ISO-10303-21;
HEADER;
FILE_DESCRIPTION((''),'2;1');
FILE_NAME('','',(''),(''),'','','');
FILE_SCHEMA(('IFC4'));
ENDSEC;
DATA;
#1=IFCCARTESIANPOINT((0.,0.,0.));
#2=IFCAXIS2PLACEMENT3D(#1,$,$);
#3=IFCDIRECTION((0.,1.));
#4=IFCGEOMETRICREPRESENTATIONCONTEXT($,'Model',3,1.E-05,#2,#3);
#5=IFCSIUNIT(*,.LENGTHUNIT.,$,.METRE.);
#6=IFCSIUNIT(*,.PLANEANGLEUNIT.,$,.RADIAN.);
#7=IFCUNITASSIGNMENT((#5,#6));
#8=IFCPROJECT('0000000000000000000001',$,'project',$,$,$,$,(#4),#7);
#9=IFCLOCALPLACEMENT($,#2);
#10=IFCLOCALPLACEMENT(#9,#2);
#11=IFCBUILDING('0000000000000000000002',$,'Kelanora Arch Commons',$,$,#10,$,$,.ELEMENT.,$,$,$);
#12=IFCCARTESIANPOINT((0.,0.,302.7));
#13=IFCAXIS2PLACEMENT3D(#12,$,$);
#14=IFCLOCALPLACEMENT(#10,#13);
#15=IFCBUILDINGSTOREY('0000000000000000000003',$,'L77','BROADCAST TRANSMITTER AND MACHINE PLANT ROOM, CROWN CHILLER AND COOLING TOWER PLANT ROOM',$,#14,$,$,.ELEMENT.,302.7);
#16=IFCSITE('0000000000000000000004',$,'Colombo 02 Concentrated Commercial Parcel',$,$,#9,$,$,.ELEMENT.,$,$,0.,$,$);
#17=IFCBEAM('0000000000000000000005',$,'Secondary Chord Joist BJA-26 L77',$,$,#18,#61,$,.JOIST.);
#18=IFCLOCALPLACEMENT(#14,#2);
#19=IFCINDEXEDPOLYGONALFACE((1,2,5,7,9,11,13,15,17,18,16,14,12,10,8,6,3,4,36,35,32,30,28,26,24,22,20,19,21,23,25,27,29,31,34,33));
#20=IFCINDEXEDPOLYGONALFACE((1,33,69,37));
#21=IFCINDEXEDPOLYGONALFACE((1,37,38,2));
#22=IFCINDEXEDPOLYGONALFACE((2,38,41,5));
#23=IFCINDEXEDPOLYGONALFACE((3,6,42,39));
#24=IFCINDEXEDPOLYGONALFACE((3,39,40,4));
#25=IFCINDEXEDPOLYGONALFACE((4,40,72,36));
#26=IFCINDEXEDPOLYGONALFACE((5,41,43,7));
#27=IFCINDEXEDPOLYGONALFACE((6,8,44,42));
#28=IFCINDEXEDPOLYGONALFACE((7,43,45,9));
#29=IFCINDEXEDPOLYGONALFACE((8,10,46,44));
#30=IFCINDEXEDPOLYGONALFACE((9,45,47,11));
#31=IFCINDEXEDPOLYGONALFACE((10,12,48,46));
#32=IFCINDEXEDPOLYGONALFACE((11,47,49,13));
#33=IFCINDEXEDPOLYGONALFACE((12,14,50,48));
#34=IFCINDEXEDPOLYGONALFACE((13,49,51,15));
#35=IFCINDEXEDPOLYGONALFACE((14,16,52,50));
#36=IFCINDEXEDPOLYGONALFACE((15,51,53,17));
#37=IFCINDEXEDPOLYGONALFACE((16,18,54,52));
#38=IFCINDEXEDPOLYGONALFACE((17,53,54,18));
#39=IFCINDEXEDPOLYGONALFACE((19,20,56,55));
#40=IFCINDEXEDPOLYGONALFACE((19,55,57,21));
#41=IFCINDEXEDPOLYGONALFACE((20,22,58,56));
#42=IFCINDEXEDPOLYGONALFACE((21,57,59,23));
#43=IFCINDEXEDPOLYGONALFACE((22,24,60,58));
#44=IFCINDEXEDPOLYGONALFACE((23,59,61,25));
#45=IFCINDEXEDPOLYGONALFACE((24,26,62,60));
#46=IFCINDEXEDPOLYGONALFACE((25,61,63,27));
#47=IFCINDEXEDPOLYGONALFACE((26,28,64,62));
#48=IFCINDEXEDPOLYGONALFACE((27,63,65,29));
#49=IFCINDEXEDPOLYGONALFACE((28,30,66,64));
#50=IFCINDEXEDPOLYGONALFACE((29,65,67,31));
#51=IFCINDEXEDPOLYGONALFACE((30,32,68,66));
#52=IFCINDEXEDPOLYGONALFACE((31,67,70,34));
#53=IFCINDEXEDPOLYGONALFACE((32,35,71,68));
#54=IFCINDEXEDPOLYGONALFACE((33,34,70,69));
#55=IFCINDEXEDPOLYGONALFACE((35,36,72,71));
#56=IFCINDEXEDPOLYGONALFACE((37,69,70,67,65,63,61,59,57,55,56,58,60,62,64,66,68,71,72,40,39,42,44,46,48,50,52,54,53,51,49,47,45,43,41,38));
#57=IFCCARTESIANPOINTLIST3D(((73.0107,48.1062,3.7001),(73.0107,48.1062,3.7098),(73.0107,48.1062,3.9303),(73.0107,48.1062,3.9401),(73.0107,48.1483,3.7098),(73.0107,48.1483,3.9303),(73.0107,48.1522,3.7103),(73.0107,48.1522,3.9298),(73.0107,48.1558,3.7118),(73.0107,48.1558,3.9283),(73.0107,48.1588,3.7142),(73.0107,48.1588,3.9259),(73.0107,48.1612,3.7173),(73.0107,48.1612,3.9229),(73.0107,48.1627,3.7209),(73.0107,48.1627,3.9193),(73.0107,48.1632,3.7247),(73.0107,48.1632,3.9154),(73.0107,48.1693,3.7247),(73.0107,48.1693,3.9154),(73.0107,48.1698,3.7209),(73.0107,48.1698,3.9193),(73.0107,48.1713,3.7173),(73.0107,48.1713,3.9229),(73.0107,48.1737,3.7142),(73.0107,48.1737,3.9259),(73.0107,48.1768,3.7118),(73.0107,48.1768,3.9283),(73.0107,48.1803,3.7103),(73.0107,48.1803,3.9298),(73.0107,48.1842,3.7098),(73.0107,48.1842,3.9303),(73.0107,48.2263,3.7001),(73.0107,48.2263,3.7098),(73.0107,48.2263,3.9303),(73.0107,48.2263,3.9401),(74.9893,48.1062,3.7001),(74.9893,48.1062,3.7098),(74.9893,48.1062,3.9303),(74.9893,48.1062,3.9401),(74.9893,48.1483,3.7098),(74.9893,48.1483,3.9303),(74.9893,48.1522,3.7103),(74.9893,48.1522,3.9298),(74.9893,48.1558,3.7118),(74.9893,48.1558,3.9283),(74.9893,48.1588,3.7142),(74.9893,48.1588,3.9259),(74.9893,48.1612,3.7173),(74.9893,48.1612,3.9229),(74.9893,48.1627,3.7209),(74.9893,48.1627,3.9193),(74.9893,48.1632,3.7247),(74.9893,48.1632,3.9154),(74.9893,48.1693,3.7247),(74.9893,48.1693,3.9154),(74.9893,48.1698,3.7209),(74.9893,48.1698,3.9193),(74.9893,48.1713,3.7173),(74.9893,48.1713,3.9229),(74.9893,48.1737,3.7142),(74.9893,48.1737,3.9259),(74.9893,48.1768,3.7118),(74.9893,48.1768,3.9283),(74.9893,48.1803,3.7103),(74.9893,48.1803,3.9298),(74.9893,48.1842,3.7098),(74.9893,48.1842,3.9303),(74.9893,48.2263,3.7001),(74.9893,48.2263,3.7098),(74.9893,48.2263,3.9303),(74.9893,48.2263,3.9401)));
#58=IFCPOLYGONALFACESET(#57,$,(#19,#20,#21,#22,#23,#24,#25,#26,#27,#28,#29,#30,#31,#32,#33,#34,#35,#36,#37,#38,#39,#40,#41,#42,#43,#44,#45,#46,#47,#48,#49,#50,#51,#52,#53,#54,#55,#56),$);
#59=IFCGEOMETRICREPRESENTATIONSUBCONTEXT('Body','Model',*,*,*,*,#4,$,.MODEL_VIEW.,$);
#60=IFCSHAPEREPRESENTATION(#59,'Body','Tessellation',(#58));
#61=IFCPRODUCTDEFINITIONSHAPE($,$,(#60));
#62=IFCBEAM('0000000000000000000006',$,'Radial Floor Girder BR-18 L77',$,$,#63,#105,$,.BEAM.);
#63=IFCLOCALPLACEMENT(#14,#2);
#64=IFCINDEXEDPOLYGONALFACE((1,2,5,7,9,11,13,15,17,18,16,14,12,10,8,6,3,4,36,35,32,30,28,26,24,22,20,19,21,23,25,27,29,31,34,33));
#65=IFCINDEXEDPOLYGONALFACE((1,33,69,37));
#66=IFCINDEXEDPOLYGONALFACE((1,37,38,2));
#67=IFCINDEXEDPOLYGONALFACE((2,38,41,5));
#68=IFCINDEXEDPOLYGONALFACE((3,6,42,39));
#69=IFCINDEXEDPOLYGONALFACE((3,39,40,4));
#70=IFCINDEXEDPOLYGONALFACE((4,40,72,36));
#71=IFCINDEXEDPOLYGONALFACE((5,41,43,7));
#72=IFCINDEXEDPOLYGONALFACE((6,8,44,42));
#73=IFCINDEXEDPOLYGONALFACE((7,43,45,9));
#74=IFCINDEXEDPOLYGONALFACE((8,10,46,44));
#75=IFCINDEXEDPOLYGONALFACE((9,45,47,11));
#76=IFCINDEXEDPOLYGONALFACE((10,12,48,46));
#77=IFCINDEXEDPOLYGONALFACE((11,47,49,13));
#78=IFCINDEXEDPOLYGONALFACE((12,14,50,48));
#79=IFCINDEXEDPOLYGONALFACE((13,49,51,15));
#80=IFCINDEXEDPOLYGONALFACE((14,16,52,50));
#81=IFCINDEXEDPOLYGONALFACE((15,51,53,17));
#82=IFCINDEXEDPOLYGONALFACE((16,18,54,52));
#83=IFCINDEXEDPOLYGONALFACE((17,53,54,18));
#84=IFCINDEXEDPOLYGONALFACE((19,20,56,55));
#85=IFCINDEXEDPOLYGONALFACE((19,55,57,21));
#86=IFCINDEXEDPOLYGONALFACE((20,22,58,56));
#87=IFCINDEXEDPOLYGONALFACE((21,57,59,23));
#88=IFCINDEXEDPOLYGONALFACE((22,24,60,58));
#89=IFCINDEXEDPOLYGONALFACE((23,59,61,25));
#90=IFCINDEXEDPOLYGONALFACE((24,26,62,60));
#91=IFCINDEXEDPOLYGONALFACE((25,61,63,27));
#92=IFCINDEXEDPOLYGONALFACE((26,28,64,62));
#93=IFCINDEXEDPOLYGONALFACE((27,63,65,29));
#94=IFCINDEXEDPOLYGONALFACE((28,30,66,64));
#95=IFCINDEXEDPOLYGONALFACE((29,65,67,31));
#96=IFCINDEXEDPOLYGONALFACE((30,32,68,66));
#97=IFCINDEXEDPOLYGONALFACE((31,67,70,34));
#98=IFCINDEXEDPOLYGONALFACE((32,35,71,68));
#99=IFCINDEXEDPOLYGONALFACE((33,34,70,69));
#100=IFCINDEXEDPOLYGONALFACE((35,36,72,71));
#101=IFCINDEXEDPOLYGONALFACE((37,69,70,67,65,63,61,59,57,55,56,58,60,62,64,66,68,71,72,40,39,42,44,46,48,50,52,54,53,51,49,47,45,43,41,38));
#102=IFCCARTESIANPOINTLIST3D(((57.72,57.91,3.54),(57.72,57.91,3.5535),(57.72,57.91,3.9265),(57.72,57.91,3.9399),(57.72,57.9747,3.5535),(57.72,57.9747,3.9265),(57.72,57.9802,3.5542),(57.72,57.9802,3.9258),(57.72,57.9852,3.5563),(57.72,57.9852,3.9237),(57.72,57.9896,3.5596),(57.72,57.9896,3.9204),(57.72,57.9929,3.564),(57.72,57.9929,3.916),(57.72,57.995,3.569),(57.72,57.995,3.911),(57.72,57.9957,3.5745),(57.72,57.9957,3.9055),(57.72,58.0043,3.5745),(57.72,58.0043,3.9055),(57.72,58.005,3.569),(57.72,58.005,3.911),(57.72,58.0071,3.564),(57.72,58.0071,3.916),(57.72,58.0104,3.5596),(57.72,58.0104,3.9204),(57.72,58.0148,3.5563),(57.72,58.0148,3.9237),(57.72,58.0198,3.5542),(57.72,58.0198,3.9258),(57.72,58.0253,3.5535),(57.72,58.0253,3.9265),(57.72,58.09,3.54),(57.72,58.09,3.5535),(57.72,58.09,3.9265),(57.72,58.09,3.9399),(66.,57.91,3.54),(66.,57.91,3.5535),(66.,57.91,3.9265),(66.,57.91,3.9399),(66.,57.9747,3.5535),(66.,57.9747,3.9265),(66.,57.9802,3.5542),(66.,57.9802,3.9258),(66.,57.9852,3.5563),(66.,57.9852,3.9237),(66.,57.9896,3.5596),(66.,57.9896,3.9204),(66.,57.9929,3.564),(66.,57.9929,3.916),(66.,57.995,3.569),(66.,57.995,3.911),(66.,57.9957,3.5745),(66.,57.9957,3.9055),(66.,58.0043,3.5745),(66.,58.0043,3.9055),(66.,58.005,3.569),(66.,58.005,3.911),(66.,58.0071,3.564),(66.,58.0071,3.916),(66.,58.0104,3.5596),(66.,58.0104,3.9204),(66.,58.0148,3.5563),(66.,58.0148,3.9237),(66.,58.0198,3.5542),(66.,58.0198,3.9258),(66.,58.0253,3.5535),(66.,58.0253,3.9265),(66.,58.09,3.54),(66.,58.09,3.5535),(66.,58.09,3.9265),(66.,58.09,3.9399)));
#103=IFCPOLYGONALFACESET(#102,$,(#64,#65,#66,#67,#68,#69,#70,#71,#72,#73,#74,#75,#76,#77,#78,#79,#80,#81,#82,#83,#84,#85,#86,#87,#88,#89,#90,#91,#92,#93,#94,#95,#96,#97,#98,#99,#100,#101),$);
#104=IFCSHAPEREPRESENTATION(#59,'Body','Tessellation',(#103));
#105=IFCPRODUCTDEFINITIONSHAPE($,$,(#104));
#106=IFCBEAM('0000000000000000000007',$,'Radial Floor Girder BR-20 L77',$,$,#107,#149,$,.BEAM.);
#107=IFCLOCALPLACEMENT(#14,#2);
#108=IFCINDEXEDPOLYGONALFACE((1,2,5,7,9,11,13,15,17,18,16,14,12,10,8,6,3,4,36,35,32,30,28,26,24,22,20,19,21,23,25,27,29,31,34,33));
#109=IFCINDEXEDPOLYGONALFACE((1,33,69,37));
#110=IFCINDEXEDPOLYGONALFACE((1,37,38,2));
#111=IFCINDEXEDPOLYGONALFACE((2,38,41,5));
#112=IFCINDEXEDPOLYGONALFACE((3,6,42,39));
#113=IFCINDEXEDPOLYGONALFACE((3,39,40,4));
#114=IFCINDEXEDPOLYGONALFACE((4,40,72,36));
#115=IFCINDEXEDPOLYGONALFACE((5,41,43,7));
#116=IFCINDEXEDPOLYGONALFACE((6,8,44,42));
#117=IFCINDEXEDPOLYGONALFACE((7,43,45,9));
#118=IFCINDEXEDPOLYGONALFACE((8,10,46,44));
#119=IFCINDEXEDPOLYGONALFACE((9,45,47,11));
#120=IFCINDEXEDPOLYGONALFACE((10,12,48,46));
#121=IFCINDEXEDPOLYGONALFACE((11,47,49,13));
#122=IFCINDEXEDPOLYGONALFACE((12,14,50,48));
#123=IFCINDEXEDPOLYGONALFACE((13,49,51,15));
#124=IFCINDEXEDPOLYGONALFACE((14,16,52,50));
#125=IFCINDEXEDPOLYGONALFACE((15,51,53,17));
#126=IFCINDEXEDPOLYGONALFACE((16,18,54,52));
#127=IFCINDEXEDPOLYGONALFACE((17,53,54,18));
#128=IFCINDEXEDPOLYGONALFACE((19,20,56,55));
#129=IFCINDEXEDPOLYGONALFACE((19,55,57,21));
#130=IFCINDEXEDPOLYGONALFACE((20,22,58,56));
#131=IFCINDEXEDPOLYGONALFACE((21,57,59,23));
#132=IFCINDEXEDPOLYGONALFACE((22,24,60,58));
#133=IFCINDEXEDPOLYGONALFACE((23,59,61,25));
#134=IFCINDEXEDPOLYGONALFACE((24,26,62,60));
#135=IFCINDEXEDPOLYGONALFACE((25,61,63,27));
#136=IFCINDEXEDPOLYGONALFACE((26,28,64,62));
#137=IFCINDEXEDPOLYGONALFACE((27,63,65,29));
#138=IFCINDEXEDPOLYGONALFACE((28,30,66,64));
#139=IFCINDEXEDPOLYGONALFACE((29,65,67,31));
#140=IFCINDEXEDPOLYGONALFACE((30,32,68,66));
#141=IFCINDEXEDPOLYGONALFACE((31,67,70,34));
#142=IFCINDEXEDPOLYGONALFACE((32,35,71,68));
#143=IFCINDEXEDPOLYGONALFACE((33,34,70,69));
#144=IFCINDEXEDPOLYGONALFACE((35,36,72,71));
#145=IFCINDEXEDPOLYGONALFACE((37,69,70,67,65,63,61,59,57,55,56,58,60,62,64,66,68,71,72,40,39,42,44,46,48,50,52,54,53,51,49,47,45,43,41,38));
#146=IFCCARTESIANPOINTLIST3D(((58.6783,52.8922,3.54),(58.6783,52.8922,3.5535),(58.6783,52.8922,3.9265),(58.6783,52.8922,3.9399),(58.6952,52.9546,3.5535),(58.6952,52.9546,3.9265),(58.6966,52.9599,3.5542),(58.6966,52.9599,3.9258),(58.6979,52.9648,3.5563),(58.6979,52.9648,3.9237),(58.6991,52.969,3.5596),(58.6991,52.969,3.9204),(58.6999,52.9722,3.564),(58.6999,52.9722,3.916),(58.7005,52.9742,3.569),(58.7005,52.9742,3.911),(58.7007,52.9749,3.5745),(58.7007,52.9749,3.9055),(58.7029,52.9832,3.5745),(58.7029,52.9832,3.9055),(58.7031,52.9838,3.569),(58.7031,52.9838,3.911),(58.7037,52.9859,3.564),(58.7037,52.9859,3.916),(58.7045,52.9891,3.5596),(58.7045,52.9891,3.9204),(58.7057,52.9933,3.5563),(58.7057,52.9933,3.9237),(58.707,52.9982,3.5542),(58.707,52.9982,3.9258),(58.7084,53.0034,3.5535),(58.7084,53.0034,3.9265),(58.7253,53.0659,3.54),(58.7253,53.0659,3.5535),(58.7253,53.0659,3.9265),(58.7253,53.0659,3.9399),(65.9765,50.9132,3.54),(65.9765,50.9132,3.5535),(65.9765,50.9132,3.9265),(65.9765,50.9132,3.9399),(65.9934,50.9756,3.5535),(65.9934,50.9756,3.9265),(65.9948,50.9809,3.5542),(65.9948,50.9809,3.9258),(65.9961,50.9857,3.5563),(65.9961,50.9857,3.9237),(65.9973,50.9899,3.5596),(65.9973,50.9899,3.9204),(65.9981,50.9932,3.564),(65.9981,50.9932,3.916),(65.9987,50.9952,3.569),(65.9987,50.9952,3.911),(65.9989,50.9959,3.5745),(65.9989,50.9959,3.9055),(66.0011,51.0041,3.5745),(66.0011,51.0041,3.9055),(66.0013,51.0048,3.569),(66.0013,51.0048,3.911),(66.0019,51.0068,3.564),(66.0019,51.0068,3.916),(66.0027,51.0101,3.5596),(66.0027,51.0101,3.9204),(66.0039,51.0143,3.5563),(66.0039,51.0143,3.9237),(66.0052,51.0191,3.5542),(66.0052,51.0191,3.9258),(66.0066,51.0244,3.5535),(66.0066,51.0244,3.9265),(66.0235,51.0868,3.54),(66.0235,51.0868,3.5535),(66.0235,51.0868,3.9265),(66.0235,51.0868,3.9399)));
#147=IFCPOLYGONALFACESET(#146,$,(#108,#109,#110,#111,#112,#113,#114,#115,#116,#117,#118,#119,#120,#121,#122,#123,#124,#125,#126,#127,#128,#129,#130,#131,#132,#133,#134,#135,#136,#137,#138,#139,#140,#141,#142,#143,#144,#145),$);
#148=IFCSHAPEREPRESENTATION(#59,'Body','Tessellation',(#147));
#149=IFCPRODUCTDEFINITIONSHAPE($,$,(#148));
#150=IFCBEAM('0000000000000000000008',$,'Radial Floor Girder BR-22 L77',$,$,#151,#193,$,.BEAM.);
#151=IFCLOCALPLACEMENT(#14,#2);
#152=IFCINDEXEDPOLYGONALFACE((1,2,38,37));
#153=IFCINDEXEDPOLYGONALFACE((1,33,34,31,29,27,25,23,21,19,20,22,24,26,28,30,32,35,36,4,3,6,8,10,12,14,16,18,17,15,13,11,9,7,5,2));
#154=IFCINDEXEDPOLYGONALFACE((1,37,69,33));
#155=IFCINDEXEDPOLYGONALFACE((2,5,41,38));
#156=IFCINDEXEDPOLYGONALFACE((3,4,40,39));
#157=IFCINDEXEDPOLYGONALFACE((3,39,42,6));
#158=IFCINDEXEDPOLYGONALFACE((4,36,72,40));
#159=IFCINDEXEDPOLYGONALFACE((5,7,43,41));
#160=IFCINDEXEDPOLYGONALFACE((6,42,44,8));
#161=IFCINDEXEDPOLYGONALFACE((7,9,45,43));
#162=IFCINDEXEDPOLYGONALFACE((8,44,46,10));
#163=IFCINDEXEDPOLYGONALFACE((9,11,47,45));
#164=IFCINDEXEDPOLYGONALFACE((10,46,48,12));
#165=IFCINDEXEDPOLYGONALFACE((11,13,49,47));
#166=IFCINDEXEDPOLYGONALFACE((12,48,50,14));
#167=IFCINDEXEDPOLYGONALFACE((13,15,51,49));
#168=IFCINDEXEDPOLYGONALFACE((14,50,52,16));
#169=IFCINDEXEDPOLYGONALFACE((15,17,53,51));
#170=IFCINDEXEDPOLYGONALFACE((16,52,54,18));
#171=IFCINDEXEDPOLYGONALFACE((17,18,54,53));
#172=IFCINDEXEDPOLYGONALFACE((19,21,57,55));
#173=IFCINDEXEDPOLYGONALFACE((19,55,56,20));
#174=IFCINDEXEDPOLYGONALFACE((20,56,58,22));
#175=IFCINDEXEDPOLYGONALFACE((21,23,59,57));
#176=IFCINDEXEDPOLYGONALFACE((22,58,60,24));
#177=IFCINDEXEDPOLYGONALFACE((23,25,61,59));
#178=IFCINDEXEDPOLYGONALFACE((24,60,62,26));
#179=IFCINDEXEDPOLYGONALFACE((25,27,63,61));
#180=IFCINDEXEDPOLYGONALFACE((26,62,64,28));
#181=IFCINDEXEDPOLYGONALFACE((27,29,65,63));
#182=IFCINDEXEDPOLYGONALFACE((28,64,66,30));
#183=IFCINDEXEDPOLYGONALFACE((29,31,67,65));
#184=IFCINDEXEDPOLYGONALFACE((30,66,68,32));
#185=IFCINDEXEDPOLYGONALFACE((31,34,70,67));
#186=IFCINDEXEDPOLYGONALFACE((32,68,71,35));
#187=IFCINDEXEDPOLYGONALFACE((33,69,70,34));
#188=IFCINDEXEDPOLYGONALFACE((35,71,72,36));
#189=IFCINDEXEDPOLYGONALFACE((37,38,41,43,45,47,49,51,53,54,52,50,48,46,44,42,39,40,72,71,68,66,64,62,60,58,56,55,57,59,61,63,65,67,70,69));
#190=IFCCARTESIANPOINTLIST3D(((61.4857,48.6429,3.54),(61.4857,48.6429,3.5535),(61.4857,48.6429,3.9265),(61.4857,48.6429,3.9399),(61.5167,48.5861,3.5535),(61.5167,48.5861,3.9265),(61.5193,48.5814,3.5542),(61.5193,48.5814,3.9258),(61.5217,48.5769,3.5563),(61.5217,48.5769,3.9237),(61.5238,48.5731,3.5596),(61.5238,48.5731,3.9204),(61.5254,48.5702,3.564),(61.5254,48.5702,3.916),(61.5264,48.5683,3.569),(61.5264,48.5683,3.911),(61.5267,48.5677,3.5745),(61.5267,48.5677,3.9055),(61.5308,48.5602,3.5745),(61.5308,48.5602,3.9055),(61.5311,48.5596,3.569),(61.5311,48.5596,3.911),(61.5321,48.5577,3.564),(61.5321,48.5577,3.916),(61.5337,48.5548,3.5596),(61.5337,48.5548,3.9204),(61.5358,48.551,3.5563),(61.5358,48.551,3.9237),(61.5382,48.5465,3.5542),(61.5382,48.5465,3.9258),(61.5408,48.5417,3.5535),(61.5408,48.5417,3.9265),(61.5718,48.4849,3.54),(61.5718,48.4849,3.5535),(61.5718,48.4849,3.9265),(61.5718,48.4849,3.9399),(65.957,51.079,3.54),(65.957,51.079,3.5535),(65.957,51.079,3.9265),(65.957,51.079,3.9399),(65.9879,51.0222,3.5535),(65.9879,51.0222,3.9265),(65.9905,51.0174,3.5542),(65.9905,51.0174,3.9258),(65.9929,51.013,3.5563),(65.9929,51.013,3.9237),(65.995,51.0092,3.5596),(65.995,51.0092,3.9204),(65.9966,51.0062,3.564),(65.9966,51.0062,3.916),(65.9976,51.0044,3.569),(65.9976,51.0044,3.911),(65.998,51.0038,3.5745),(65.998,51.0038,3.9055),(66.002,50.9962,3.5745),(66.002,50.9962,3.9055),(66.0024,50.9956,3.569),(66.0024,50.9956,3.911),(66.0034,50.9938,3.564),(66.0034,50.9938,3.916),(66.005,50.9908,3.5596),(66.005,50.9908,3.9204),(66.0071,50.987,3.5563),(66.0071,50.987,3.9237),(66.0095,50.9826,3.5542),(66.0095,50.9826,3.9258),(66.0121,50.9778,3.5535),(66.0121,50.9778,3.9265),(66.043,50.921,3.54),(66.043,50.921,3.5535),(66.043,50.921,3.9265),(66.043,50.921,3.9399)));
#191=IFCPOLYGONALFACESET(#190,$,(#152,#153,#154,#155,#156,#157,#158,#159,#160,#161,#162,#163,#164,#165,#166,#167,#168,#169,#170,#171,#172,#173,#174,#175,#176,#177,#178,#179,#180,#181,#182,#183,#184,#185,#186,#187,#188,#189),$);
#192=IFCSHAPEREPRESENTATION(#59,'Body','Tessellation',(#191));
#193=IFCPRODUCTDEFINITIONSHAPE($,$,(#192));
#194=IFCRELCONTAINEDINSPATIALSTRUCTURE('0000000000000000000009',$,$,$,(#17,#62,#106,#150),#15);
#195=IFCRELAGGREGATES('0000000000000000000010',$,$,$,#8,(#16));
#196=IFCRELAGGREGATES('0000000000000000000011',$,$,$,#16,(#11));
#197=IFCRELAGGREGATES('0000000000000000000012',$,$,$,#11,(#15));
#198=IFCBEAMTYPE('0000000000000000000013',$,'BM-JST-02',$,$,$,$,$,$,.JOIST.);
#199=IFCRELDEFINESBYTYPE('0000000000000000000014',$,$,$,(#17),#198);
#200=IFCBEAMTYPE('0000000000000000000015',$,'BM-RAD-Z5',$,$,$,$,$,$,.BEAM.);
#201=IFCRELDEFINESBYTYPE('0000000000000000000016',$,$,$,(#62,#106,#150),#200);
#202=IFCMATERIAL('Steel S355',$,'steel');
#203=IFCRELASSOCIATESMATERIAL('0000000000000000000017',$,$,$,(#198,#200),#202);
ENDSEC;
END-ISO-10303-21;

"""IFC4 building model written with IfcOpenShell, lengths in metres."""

from ifc_helpers import new_model, si_unit, direction, frame, origin, origin_2d, place, context, subcontext, project, spatial, i_section, extrude, material, material_profile, profile_set, type_object, element, save


model = new_model("IFC4")

# Units and contexts
model_context = context("Model", 3, precision=1e-05, world=origin(), true_north=direction((0.0, 1.0)))
body_context = subcontext(model_context, "Body", "Model", "MODEL_VIEW")
ifc_project = project(units=[si_unit("LENGTHUNIT", "METRE"), si_unit("PLANEANGLEUNIT", "RADIAN")], contexts=[model_context])

# Site, building, storey
site_placement = place(None, origin())
site = spatial("IfcSite", under=ifc_project, at=site_placement, Name="Colombo 02 Concentrated Commercial Parcel", CompositionType="ELEMENT", RefElevation=0.0)
building_placement = place(site_placement, origin())
building = spatial("IfcBuilding", under=site, at=building_placement, Name="Kelanora Arch Commons", CompositionType="ELEMENT")
storey_placement = place(building_placement, frame((0.0, 0.0, 302.7)))
storey = spatial("IfcBuildingStorey", under=building, at=storey_placement, Name="L77", Description="BROADCAST TRANSMITTER AND MACHINE PLANT ROOM, CROWN CHILLER AND COOLING TOWER PLANT ROOM", CompositionType="ELEMENT", Elevation=302.7)

# Beams
ifc_material_1 = material(Name="Steel S355", Category="steel")
ifc_material_profile_1 = material_profile(ifc_material_1, i_section(OverallWidth=0.1201, OverallDepth=0.24, WebThickness=0.0061, FlangeThickness=0.0098, FilletRadius=0.0149, at=origin_2d()), Name="IPE240")
ifc_profile_set_1 = profile_set([ifc_material_profile_1], Name="Steel S355")
beam_type_1 = type_object("IfcBeamType", Name="BM-JST-02", PredefinedType="JOIST", material=ifc_profile_set_1)
beam_1_placement = place(storey_placement, frame((73.0107, 48.1663, 3.8201), z_axis=(1.0, 0.0, 0.0), x_axis=(0.0, 1.0, 0.0)))
element("IfcBeam", 1, at=beam_1_placement, inside=storey, type_object=beam_type_1, Name="Secondary Chord Joist BJA-26 L77", PredefinedType="JOIST", context=body_context, shape_type="SweptSolid", body=[
    extrude(i_section(OverallWidth=0.1201, OverallDepth=0.24, WebThickness=0.0061, FlangeThickness=0.0098, FilletRadius=0.0149, at=origin_2d()), origin(), (0.0, 0.0, 1.0), 1.9785),
])
ifc_material_profile_2 = material_profile(ifc_material_1, i_section(OverallWidth=0.1799, OverallDepth=0.3999, WebThickness=0.0085, FlangeThickness=0.0134, FilletRadius=0.021, at=origin_2d()), Name="IPE400")
ifc_profile_set_2 = profile_set([ifc_material_profile_2], Name="Steel S355")
beam_type_2 = type_object("IfcBeamType", Name="BM-RAD-Z5", PredefinedType="BEAM", material=ifc_profile_set_2)
beam_2_placement = place(storey_placement, frame((66.0, 58.0, 3.74), z_axis=(-1.0, 0.0, 0.0), x_axis=(0.0, -1.0, 0.0)))
element("IfcBeam", 2, at=beam_2_placement, inside=storey, type_object=beam_type_2, Name="Radial Floor Girder BR-18 L77", PredefinedType="BEAM", context=body_context, shape_type="SweptSolid", body=[
    extrude(i_section(OverallWidth=0.1799, OverallDepth=0.3999, WebThickness=0.0085, FlangeThickness=0.0134, FilletRadius=0.021, at=origin_2d()), origin(), (0.0, 0.0, 1.0), 8.28),
])
beam_3_placement = place(storey_placement, frame((66.0, 51.0, 3.74), z_axis=(-0.965145, 0.261716, 0.0), x_axis=(-0.261716, -0.965145, 0.0)))
element("IfcBeam", 3, at=beam_3_placement, inside=storey, type_object=beam_type_2, Name="Radial Floor Girder BR-20 L77", PredefinedType="BEAM", context=body_context, shape_type="SweptSolid", body=[
    extrude(i_section(OverallWidth=0.1799, OverallDepth=0.3999, WebThickness=0.0085, FlangeThickness=0.0134, FilletRadius=0.021, at=origin_2d()), origin(), (0.0, 0.0, 1.0), 7.5618),
])
beam_4_placement = place(storey_placement, frame((66.0, 51.0, 3.74), z_axis=(-0.878126, -0.478429, 0.0), x_axis=(0.478429, -0.878126, 0.0)))
element("IfcBeam", 4, at=beam_4_placement, inside=storey, type_object=beam_type_2, Name="Radial Floor Girder BR-22 L77", PredefinedType="BEAM", context=body_context, shape_type="SweptSolid", body=[
    extrude(i_section(OverallWidth=0.1799, OverallDepth=0.3999, WebThickness=0.0085, FlangeThickness=0.0134, FilletRadius=0.021, at=origin_2d()), origin(), (0.0, 0.0, 1.0), 5.0918),
])

save(model, "model.ifc")
